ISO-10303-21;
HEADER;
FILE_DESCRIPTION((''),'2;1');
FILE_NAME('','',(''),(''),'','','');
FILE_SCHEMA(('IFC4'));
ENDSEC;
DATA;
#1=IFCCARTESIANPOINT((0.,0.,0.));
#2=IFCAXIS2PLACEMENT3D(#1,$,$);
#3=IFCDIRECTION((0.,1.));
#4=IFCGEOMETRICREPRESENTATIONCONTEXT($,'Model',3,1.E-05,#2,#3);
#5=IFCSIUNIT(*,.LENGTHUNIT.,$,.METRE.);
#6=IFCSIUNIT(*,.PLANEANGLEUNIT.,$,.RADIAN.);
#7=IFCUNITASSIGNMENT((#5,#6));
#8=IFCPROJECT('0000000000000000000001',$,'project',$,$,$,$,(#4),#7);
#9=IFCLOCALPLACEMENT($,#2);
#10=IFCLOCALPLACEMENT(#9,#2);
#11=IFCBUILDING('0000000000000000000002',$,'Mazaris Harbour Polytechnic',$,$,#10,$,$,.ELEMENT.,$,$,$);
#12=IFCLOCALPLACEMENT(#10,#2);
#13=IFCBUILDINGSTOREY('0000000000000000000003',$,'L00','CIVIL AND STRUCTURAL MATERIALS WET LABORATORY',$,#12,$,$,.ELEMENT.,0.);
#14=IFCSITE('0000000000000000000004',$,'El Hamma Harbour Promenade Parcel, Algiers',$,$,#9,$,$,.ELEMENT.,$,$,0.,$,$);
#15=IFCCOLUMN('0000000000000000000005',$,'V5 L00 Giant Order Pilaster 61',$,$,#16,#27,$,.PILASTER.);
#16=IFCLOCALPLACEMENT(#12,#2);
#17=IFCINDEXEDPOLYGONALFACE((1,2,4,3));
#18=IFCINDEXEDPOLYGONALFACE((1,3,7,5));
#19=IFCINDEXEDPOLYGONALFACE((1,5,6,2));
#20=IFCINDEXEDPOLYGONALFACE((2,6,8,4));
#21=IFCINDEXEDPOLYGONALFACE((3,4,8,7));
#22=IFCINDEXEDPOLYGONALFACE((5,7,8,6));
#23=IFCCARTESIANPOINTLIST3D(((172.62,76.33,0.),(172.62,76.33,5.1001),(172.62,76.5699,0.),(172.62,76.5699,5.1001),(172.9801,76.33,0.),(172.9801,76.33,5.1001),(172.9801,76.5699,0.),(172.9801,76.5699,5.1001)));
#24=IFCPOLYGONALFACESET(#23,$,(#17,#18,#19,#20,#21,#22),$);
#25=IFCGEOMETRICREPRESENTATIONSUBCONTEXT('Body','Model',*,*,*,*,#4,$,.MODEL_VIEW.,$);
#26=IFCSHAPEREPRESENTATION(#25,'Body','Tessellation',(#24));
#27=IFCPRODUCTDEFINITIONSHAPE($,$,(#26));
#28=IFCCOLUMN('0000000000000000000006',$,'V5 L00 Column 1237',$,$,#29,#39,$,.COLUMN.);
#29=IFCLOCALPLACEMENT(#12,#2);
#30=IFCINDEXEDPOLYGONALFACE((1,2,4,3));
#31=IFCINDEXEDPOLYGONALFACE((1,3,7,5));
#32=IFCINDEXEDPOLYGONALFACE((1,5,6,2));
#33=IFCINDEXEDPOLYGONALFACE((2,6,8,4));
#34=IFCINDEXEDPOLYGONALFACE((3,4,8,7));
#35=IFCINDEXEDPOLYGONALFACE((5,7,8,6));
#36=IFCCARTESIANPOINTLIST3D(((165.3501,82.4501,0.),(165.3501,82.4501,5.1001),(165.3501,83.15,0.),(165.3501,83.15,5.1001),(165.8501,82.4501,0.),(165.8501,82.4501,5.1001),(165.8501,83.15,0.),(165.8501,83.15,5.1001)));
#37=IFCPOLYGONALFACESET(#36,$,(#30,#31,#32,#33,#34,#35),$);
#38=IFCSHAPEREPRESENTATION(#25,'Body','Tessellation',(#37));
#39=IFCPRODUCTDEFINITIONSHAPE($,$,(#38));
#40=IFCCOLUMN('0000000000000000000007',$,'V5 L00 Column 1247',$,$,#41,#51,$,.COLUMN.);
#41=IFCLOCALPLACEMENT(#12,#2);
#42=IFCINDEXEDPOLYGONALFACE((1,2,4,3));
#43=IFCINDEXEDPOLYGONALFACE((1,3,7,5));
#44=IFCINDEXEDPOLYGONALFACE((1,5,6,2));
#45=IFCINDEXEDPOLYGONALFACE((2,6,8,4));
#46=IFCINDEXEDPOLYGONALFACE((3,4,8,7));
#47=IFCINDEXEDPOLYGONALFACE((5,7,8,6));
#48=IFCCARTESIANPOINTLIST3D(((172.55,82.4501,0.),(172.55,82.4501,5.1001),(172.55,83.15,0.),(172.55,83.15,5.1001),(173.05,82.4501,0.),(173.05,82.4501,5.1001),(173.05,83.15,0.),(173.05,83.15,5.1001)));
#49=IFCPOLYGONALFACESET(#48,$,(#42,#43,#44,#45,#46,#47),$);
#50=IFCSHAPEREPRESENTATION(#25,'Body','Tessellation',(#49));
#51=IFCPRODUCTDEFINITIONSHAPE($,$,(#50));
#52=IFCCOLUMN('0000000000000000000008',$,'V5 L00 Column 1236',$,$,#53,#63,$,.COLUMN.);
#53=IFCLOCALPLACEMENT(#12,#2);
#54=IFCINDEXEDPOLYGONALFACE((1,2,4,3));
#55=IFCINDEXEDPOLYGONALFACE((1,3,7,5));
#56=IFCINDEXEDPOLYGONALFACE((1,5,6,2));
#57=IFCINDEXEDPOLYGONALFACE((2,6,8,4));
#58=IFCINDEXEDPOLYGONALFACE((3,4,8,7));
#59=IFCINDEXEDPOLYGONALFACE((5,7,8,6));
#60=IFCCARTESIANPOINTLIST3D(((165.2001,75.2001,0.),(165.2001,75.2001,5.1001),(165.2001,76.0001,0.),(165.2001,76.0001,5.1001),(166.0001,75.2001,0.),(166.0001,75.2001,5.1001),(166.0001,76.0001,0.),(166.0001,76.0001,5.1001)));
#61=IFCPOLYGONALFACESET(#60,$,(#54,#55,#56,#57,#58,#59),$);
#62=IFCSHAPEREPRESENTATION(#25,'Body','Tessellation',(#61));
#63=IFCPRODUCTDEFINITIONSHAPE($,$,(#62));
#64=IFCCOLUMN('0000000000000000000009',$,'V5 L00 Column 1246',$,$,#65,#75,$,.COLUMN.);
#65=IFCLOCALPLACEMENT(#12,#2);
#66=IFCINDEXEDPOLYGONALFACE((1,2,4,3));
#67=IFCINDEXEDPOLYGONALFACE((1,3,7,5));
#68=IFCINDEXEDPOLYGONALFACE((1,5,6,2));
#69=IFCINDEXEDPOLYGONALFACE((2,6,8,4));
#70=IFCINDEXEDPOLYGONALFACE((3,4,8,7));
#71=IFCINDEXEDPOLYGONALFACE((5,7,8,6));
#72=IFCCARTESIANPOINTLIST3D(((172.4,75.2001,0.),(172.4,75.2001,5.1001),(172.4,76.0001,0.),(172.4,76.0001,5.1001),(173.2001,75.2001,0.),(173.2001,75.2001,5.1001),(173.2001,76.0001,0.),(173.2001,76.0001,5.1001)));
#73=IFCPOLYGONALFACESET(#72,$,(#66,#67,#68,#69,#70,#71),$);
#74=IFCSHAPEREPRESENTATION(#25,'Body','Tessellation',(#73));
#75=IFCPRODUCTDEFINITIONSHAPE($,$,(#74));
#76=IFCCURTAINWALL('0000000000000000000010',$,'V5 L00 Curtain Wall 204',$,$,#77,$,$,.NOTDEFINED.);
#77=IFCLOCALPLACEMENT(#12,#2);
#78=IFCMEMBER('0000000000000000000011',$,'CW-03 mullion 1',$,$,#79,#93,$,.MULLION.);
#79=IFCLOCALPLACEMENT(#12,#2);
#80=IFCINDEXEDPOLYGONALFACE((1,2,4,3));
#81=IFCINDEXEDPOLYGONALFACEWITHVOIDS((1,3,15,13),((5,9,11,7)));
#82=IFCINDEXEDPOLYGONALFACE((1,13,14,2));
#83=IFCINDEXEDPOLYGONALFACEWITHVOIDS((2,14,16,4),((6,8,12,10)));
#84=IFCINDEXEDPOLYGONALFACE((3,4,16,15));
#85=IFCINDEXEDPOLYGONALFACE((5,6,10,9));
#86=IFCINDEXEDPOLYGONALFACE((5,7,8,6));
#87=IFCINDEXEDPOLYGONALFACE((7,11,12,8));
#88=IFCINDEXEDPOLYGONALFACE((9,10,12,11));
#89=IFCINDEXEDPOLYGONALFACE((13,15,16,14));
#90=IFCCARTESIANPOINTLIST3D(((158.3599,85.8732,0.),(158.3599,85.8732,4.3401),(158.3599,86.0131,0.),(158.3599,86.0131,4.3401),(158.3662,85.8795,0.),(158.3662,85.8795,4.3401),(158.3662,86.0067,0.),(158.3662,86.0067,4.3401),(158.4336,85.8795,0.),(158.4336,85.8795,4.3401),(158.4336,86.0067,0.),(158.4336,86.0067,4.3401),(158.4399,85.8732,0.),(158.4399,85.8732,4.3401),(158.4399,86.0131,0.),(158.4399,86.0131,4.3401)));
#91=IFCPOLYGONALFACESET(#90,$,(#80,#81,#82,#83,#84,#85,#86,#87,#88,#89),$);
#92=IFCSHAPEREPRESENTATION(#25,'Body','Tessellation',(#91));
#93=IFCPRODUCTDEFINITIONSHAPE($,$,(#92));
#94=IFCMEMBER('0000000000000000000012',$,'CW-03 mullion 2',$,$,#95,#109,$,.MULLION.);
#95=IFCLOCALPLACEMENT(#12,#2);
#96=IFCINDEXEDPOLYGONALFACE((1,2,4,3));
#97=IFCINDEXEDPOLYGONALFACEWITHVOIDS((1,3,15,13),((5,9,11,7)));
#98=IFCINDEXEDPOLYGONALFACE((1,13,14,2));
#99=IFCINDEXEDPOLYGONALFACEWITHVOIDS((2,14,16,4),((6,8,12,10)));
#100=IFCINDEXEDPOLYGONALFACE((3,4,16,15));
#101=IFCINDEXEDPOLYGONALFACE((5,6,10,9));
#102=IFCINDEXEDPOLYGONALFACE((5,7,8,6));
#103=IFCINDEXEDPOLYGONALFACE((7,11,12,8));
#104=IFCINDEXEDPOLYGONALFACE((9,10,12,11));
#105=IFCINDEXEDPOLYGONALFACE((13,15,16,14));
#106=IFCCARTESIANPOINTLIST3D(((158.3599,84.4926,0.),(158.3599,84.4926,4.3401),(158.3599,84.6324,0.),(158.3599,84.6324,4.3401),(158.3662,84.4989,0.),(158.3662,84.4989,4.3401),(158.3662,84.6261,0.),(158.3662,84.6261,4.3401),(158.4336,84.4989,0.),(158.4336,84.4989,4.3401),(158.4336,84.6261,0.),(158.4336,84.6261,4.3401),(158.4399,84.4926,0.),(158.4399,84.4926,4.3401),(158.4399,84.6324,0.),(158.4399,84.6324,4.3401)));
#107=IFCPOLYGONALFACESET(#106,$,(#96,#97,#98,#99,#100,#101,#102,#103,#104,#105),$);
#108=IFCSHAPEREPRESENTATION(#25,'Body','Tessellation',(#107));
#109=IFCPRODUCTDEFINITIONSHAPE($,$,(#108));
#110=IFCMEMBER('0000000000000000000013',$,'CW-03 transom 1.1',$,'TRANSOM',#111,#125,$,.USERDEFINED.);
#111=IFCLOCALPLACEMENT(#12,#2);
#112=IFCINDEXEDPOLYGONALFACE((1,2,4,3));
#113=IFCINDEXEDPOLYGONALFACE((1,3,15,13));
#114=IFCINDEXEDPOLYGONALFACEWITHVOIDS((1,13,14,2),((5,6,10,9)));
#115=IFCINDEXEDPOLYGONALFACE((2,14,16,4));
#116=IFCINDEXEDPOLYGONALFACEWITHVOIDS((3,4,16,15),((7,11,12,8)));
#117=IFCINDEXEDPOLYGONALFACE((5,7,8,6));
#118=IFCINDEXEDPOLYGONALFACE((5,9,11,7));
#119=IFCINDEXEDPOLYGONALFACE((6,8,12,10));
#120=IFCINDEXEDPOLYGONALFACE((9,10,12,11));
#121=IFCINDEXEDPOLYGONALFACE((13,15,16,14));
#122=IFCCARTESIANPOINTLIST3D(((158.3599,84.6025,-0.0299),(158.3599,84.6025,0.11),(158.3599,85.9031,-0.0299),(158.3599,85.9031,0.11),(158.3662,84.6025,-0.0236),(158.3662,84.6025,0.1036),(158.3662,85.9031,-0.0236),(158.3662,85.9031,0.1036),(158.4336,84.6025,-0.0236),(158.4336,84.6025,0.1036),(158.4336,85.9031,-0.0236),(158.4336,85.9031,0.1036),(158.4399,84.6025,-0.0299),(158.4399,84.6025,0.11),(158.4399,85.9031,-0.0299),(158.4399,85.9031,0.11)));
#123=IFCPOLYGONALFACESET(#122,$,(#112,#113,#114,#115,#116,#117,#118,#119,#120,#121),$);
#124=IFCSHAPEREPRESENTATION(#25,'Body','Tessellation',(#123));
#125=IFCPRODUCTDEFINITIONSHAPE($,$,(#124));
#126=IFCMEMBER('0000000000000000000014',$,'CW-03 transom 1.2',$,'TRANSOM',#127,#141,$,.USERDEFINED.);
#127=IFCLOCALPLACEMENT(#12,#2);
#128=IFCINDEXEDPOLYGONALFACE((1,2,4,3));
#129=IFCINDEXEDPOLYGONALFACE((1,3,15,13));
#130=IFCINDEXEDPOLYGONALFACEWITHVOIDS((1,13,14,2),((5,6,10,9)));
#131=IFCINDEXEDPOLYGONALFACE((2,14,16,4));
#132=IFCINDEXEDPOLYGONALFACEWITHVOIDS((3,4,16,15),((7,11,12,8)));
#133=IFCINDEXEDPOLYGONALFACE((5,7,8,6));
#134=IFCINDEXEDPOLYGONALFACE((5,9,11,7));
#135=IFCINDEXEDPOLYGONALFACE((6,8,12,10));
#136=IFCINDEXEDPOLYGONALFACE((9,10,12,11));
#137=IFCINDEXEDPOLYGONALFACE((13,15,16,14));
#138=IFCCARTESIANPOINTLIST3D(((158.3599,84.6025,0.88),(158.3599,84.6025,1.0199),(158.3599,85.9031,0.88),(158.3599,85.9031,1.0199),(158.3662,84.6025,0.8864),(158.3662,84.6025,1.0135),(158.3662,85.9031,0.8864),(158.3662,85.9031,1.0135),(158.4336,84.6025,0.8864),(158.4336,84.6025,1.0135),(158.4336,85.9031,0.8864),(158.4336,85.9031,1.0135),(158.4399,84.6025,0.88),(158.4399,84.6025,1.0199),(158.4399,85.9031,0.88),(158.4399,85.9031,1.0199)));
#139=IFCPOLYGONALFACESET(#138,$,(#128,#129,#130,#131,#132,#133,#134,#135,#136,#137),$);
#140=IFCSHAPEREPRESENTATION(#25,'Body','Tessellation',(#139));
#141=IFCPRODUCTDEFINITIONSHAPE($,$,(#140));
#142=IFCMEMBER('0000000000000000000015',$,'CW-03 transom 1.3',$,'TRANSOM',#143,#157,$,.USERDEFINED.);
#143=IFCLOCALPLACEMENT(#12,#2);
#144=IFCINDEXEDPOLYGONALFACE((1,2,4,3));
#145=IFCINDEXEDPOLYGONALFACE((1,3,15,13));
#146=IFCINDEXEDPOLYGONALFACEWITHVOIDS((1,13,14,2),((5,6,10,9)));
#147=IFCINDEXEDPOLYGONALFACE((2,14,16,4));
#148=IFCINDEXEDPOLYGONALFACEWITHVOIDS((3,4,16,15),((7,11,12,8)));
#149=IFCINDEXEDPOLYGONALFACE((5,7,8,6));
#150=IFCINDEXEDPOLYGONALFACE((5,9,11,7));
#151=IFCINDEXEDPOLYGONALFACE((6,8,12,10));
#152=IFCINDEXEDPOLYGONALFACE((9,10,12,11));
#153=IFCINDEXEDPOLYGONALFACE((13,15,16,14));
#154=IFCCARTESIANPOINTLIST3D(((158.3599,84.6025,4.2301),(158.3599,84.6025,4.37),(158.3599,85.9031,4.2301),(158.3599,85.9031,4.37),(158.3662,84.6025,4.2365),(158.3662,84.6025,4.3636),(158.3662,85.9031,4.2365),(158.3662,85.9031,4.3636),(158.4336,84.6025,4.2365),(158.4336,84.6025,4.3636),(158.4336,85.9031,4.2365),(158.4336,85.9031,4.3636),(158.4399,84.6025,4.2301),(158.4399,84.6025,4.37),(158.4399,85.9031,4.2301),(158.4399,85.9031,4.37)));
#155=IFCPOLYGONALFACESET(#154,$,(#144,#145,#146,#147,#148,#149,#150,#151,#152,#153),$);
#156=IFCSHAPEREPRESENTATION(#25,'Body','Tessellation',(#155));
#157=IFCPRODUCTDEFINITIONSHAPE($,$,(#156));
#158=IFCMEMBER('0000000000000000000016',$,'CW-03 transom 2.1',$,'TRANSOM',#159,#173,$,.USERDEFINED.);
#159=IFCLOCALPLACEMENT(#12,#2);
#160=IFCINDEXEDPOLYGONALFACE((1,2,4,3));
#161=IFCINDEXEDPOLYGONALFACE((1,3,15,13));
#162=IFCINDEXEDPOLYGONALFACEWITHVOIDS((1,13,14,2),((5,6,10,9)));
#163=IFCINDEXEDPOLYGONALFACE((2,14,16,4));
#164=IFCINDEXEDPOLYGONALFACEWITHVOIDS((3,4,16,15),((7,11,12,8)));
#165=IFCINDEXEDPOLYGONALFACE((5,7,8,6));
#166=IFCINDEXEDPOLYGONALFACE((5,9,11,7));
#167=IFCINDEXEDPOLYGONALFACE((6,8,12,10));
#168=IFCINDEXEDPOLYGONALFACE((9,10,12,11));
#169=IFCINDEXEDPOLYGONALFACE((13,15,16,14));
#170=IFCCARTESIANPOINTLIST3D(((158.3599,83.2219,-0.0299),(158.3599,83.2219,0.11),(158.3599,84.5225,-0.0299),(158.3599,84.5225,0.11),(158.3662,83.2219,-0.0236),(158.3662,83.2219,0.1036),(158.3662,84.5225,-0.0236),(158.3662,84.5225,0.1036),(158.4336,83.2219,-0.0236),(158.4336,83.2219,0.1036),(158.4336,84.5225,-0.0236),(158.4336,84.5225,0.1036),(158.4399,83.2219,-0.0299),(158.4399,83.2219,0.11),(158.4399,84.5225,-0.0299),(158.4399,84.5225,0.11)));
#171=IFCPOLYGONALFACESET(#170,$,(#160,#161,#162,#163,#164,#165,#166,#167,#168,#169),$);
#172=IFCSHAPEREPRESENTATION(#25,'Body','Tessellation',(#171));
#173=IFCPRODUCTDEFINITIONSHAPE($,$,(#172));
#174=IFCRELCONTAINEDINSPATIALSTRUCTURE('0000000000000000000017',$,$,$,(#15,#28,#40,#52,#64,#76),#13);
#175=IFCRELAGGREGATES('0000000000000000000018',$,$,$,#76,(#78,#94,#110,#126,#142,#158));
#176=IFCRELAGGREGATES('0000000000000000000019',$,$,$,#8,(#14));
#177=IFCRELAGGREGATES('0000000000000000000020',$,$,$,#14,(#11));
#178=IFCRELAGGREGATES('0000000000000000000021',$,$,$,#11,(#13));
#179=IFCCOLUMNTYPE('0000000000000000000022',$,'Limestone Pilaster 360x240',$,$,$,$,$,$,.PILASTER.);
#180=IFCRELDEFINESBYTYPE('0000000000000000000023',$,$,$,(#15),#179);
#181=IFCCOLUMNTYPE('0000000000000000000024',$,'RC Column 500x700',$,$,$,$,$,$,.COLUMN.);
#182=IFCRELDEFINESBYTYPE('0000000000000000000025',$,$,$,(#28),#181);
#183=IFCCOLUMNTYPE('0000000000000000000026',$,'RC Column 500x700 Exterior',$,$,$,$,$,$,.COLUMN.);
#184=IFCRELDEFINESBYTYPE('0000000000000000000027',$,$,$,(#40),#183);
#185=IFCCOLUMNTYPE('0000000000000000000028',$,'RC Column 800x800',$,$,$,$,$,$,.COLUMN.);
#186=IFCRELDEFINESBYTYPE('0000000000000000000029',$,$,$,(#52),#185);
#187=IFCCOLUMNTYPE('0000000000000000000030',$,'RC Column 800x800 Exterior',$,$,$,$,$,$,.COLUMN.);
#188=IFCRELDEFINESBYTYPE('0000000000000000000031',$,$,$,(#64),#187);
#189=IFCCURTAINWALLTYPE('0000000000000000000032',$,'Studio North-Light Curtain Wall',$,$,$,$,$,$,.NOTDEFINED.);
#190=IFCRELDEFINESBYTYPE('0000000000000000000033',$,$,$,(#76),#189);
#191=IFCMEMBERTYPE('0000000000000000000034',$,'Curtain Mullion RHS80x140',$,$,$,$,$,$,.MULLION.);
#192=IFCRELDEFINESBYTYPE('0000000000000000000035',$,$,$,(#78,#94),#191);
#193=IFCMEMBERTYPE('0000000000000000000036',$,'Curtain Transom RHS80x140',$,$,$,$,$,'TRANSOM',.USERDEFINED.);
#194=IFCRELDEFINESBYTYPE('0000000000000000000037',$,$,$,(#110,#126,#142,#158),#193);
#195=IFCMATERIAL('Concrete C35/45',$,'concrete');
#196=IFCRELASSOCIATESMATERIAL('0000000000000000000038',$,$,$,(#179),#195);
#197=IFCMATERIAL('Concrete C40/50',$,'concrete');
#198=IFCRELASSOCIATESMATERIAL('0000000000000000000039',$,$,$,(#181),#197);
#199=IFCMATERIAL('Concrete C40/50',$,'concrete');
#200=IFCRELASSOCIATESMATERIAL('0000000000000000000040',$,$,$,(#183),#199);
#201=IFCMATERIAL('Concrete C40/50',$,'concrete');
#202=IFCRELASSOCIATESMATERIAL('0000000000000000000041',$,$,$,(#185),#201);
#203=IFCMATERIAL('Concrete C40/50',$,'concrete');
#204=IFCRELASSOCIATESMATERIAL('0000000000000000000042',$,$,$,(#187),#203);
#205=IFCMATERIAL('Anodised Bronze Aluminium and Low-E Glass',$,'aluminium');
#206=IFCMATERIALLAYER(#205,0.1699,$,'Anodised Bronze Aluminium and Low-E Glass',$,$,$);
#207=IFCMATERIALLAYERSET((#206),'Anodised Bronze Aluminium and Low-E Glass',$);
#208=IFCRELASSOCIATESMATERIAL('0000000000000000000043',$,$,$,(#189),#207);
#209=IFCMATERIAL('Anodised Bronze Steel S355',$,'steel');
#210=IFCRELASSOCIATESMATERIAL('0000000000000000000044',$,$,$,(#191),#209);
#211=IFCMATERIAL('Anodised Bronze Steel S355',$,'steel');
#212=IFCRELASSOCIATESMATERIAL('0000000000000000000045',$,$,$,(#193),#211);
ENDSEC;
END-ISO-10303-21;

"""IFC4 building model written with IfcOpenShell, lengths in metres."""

from ifc_helpers import new_model, si_unit, direction, frame, origin, origin_2d, place, context, subcontext, project, spatial, rectangle, hollow_rectangle, extrude, material, layer, layer_set, material_profile, profile_set, type_object, element, aggregate, save


model = new_model("IFC4")

# Units and contexts
model_context = context("Model", 3, precision=1e-05, world=origin(), true_north=direction((0.0, 1.0)))
body_context = subcontext(model_context, "Body", "Model", "MODEL_VIEW")
ifc_project = project(units=[si_unit("LENGTHUNIT", "METRE"), si_unit("PLANEANGLEUNIT", "RADIAN")], contexts=[model_context])

# Site, building, storey
site_placement = place(None, origin())
site = spatial("IfcSite", under=ifc_project, at=site_placement, Name="El Hamma Harbour Promenade Parcel, Algiers", CompositionType="ELEMENT", RefElevation=0.0)
building_placement = place(site_placement, origin())
building = spatial("IfcBuilding", under=site, at=building_placement, Name="Mazaris Harbour Polytechnic", CompositionType="ELEMENT")
storey_placement = place(building_placement, origin())
storey = spatial("IfcBuildingStorey", under=building, at=storey_placement, Name="L00", Description="CIVIL AND STRUCTURAL MATERIALS WET LABORATORY", CompositionType="ELEMENT", Elevation=0.0)

# Columns
ifc_material_1 = material(Name="Concrete C35/45", Category="concrete")
ifc_material_profile_1 = material_profile(ifc_material_1, rectangle(XDim=0.3601, YDim=0.24, at=origin_2d()), Name="RECT360x240")
ifc_profile_set_1 = profile_set([ifc_material_profile_1], Name="Concrete C35/45")
column_type_1 = type_object("IfcColumnType", Name="Limestone Pilaster 360x240", PredefinedType="PILASTER", material=ifc_profile_set_1)
column_1_placement = place(storey_placement, frame((172.8, 76.45, 0.0), z_axis=(0.0, 0.0, 1.0), x_axis=(1.0, 0.0, 0.0)))
element("IfcColumn", 1, at=column_1_placement, inside=storey, type_object=column_type_1, Name="V5 L00 Giant Order Pilaster 61", PredefinedType="PILASTER", context=body_context, shape_type="SweptSolid", body=[
    extrude(rectangle(XDim=0.3601, YDim=0.24, at=origin_2d()), origin(), (0.0, 0.0, 1.0), 5.1001),
])
ifc_material_2 = material(Name="Concrete C40/50", Category="concrete")
ifc_material_profile_2 = material_profile(ifc_material_2, rectangle(XDim=0.5, YDim=0.7, at=origin_2d()), Name="RECT500x700")
ifc_profile_set_2 = profile_set([ifc_material_profile_2], Name="Concrete C40/50")
column_type_2 = type_object("IfcColumnType", Name="RC Column 500x700", PredefinedType="COLUMN", material=ifc_profile_set_2)
column_2_placement = place(storey_placement, frame((165.6001, 82.8, 0.0), z_axis=(0.0, 0.0, 1.0), x_axis=(1.0, 0.0, 0.0)))
element("IfcColumn", 2, at=column_2_placement, inside=storey, type_object=column_type_2, Name="V5 L00 Column 1237", PredefinedType="COLUMN", context=body_context, shape_type="SweptSolid", body=[
    extrude(rectangle(XDim=0.5, YDim=0.7, at=origin_2d()), origin(), (0.0, 0.0, 1.0), 5.1001),
])
ifc_material_3 = material(Name="Concrete C40/50", Category="concrete")
ifc_material_profile_3 = material_profile(ifc_material_3, rectangle(XDim=0.5, YDim=0.7, at=origin_2d()), Name="RECT500x700")
ifc_profile_set_3 = profile_set([ifc_material_profile_3], Name="Concrete C40/50")
column_type_3 = type_object("IfcColumnType", Name="RC Column 500x700 Exterior", PredefinedType="COLUMN", material=ifc_profile_set_3)
column_3_placement = place(storey_placement, frame((172.8, 82.8, 0.0), z_axis=(0.0, 0.0, 1.0), x_axis=(1.0, 0.0, 0.0)))
element("IfcColumn", 3, at=column_3_placement, inside=storey, type_object=column_type_3, Name="V5 L00 Column 1247", PredefinedType="COLUMN", context=body_context, shape_type="SweptSolid", body=[
    extrude(rectangle(XDim=0.5, YDim=0.7, at=origin_2d()), origin(), (0.0, 0.0, 1.0), 5.1001),
])
ifc_material_4 = material(Name="Concrete C40/50", Category="concrete")
ifc_material_profile_4 = material_profile(ifc_material_4, rectangle(XDim=0.8, YDim=0.8, at=origin_2d()), Name="RECT800x800")
ifc_profile_set_4 = profile_set([ifc_material_profile_4], Name="Concrete C40/50")
column_type_4 = type_object("IfcColumnType", Name="RC Column 800x800", PredefinedType="COLUMN", material=ifc_profile_set_4)
column_4_placement = place(storey_placement, frame((165.6001, 75.6001, 0.0), z_axis=(0.0, 0.0, 1.0), x_axis=(1.0, 0.0, 0.0)))
element("IfcColumn", 4, at=column_4_placement, inside=storey, type_object=column_type_4, Name="V5 L00 Column 1236", PredefinedType="COLUMN", context=body_context, shape_type="SweptSolid", body=[
    extrude(rectangle(XDim=0.8, YDim=0.8, at=origin_2d()), origin(), (0.0, 0.0, 1.0), 5.1001),
])
ifc_material_5 = material(Name="Concrete C40/50", Category="concrete")
ifc_material_profile_5 = material_profile(ifc_material_5, rectangle(XDim=0.8, YDim=0.8, at=origin_2d()), Name="RECT800x800")
ifc_profile_set_5 = profile_set([ifc_material_profile_5], Name="Concrete C40/50")
column_type_5 = type_object("IfcColumnType", Name="RC Column 800x800 Exterior", PredefinedType="COLUMN", material=ifc_profile_set_5)
column_5_placement = place(storey_placement, frame((172.8, 75.6001, 0.0), z_axis=(0.0, 0.0, 1.0), x_axis=(1.0, 0.0, 0.0)))
element("IfcColumn", 5, at=column_5_placement, inside=storey, type_object=column_type_5, Name="V5 L00 Column 1246", PredefinedType="COLUMN", context=body_context, shape_type="SweptSolid", body=[
    extrude(rectangle(XDim=0.8, YDim=0.8, at=origin_2d()), origin(), (0.0, 0.0, 1.0), 5.1001),
])

# Curtain wall, members
ifc_material_6 = material(Name="Anodised Bronze Aluminium and Low-E Glass", Category="aluminium")
ifc_layer_1 = layer(ifc_material_6, 0.1699, Name="Anodised Bronze Aluminium and Low-E Glass")
ifc_layer_set_1 = layer_set([ifc_layer_1], Name="Anodised Bronze Aluminium and Low-E Glass")
curtain_wall_type = type_object("IfcCurtainWallType", Name="Studio North-Light Curtain Wall", PredefinedType="NOTDEFINED", material=ifc_layer_set_1)
curtain_wall_placement = place(storey_placement, origin())
curtain_wall = element("IfcCurtainWall", 6, at=curtain_wall_placement, inside=storey, type_object=curtain_wall_type, Name="V5 L00 Curtain Wall 204", PredefinedType="NOTDEFINED")
ifc_material_7 = material(Name="Anodised Bronze Steel S355", Category="steel")
ifc_material_profile_6 = material_profile(ifc_material_7, hollow_rectangle(XDim=0.0801, YDim=0.1399, WallThickness=0.0063, at=origin_2d()), Name="RHS 80x140x6.3")
ifc_profile_set_6 = profile_set([ifc_material_profile_6], Name="Anodised Bronze Steel S355")
member_type_1 = type_object("IfcMemberType", Name="Curtain Mullion RHS80x140", PredefinedType="MULLION", material=ifc_profile_set_6)
member_1_placement = place(storey_placement, frame((158.3999, 85.9431, 0.0), z_axis=(0.0, 0.0, 1.0), x_axis=(1.0, 0.0, 0.0)))
member_1 = element("IfcMember", 7, at=member_1_placement, type_object=member_type_1, Name="CW-03 mullion 1", PredefinedType="MULLION", context=body_context, shape_type="SweptSolid", body=[
    extrude(hollow_rectangle(XDim=0.0801, YDim=0.1399, WallThickness=0.0063, at=origin_2d()), origin(), (0.0, 0.0, 1.0), 4.3401),
])
member_2_placement = place(storey_placement, frame((158.3999, 84.5625, 0.0), z_axis=(0.0, 0.0, 1.0), x_axis=(1.0, 0.0, 0.0)))
member_2 = element("IfcMember", 8, at=member_2_placement, type_object=member_type_1, Name="CW-03 mullion 2", PredefinedType="MULLION", context=body_context, shape_type="SweptSolid", body=[
    extrude(hollow_rectangle(XDim=0.0801, YDim=0.1399, WallThickness=0.0063, at=origin_2d()), origin(), (0.0, 0.0, 1.0), 4.3401),
])
ifc_material_8 = material(Name="Anodised Bronze Steel S355", Category="steel")
ifc_material_profile_7 = material_profile(ifc_material_8, hollow_rectangle(XDim=0.0801, YDim=0.1399, WallThickness=0.0063, at=origin_2d()), Name="RHS 80x140x6.3")
ifc_profile_set_7 = profile_set([ifc_material_profile_7], Name="Anodised Bronze Steel S355")
member_type_2 = type_object("IfcMemberType", Name="Curtain Transom RHS80x140", ElementType="TRANSOM", PredefinedType="USERDEFINED", material=ifc_profile_set_7)
member_3_placement = place(storey_placement, frame((158.3999, 85.9031, 0.04), z_axis=(0.0, -1.0, 0.0), x_axis=(1.0, 0.0, 0.0)))
member_3 = element("IfcMember", 9, at=member_3_placement, type_object=member_type_2, Name="CW-03 transom 1.1", ObjectType="TRANSOM", PredefinedType="USERDEFINED", context=body_context, shape_type="SweptSolid", body=[
    extrude(hollow_rectangle(XDim=0.0801, YDim=0.1399, WallThickness=0.0063, at=origin_2d()), origin(), (0.0, 0.0, 1.0), 1.3005),
])
member_4_placement = place(storey_placement, frame((158.3999, 85.9031, 0.95), z_axis=(0.0, -1.0, 0.0), x_axis=(1.0, 0.0, 0.0)))
member_4 = element("IfcMember", 10, at=member_4_placement, type_object=member_type_2, Name="CW-03 transom 1.2", ObjectType="TRANSOM", PredefinedType="USERDEFINED", context=body_context, shape_type="SweptSolid", body=[
    extrude(hollow_rectangle(XDim=0.0801, YDim=0.1399, WallThickness=0.0063, at=origin_2d()), origin(), (0.0, 0.0, 1.0), 1.3005),
])
member_5_placement = place(storey_placement, frame((158.3999, 85.9031, 4.3), z_axis=(0.0, -1.0, 0.0), x_axis=(1.0, 0.0, 0.0)))
member_5 = element("IfcMember", 11, at=member_5_placement, type_object=member_type_2, Name="CW-03 transom 1.3", ObjectType="TRANSOM", PredefinedType="USERDEFINED", context=body_context, shape_type="SweptSolid", body=[
    extrude(hollow_rectangle(XDim=0.0801, YDim=0.1399, WallThickness=0.0063, at=origin_2d()), origin(), (0.0, 0.0, 1.0), 1.3005),
])
member_6_placement = place(storey_placement, frame((158.3999, 84.5225, 0.04), z_axis=(0.0, -1.0, 0.0), x_axis=(1.0, 0.0, 0.0)))
member_6 = element("IfcMember", 12, at=member_6_placement, type_object=member_type_2, Name="CW-03 transom 2.1", ObjectType="TRANSOM", PredefinedType="USERDEFINED", context=body_context, shape_type="SweptSolid", body=[
    extrude(hollow_rectangle(XDim=0.0801, YDim=0.1399, WallThickness=0.0063, at=origin_2d()), origin(), (0.0, 0.0, 1.0), 1.3005),
])

aggregate(curtain_wall, [member_1, member_2, member_3, member_4, member_5, member_6])

save(model, "model.ifc")
